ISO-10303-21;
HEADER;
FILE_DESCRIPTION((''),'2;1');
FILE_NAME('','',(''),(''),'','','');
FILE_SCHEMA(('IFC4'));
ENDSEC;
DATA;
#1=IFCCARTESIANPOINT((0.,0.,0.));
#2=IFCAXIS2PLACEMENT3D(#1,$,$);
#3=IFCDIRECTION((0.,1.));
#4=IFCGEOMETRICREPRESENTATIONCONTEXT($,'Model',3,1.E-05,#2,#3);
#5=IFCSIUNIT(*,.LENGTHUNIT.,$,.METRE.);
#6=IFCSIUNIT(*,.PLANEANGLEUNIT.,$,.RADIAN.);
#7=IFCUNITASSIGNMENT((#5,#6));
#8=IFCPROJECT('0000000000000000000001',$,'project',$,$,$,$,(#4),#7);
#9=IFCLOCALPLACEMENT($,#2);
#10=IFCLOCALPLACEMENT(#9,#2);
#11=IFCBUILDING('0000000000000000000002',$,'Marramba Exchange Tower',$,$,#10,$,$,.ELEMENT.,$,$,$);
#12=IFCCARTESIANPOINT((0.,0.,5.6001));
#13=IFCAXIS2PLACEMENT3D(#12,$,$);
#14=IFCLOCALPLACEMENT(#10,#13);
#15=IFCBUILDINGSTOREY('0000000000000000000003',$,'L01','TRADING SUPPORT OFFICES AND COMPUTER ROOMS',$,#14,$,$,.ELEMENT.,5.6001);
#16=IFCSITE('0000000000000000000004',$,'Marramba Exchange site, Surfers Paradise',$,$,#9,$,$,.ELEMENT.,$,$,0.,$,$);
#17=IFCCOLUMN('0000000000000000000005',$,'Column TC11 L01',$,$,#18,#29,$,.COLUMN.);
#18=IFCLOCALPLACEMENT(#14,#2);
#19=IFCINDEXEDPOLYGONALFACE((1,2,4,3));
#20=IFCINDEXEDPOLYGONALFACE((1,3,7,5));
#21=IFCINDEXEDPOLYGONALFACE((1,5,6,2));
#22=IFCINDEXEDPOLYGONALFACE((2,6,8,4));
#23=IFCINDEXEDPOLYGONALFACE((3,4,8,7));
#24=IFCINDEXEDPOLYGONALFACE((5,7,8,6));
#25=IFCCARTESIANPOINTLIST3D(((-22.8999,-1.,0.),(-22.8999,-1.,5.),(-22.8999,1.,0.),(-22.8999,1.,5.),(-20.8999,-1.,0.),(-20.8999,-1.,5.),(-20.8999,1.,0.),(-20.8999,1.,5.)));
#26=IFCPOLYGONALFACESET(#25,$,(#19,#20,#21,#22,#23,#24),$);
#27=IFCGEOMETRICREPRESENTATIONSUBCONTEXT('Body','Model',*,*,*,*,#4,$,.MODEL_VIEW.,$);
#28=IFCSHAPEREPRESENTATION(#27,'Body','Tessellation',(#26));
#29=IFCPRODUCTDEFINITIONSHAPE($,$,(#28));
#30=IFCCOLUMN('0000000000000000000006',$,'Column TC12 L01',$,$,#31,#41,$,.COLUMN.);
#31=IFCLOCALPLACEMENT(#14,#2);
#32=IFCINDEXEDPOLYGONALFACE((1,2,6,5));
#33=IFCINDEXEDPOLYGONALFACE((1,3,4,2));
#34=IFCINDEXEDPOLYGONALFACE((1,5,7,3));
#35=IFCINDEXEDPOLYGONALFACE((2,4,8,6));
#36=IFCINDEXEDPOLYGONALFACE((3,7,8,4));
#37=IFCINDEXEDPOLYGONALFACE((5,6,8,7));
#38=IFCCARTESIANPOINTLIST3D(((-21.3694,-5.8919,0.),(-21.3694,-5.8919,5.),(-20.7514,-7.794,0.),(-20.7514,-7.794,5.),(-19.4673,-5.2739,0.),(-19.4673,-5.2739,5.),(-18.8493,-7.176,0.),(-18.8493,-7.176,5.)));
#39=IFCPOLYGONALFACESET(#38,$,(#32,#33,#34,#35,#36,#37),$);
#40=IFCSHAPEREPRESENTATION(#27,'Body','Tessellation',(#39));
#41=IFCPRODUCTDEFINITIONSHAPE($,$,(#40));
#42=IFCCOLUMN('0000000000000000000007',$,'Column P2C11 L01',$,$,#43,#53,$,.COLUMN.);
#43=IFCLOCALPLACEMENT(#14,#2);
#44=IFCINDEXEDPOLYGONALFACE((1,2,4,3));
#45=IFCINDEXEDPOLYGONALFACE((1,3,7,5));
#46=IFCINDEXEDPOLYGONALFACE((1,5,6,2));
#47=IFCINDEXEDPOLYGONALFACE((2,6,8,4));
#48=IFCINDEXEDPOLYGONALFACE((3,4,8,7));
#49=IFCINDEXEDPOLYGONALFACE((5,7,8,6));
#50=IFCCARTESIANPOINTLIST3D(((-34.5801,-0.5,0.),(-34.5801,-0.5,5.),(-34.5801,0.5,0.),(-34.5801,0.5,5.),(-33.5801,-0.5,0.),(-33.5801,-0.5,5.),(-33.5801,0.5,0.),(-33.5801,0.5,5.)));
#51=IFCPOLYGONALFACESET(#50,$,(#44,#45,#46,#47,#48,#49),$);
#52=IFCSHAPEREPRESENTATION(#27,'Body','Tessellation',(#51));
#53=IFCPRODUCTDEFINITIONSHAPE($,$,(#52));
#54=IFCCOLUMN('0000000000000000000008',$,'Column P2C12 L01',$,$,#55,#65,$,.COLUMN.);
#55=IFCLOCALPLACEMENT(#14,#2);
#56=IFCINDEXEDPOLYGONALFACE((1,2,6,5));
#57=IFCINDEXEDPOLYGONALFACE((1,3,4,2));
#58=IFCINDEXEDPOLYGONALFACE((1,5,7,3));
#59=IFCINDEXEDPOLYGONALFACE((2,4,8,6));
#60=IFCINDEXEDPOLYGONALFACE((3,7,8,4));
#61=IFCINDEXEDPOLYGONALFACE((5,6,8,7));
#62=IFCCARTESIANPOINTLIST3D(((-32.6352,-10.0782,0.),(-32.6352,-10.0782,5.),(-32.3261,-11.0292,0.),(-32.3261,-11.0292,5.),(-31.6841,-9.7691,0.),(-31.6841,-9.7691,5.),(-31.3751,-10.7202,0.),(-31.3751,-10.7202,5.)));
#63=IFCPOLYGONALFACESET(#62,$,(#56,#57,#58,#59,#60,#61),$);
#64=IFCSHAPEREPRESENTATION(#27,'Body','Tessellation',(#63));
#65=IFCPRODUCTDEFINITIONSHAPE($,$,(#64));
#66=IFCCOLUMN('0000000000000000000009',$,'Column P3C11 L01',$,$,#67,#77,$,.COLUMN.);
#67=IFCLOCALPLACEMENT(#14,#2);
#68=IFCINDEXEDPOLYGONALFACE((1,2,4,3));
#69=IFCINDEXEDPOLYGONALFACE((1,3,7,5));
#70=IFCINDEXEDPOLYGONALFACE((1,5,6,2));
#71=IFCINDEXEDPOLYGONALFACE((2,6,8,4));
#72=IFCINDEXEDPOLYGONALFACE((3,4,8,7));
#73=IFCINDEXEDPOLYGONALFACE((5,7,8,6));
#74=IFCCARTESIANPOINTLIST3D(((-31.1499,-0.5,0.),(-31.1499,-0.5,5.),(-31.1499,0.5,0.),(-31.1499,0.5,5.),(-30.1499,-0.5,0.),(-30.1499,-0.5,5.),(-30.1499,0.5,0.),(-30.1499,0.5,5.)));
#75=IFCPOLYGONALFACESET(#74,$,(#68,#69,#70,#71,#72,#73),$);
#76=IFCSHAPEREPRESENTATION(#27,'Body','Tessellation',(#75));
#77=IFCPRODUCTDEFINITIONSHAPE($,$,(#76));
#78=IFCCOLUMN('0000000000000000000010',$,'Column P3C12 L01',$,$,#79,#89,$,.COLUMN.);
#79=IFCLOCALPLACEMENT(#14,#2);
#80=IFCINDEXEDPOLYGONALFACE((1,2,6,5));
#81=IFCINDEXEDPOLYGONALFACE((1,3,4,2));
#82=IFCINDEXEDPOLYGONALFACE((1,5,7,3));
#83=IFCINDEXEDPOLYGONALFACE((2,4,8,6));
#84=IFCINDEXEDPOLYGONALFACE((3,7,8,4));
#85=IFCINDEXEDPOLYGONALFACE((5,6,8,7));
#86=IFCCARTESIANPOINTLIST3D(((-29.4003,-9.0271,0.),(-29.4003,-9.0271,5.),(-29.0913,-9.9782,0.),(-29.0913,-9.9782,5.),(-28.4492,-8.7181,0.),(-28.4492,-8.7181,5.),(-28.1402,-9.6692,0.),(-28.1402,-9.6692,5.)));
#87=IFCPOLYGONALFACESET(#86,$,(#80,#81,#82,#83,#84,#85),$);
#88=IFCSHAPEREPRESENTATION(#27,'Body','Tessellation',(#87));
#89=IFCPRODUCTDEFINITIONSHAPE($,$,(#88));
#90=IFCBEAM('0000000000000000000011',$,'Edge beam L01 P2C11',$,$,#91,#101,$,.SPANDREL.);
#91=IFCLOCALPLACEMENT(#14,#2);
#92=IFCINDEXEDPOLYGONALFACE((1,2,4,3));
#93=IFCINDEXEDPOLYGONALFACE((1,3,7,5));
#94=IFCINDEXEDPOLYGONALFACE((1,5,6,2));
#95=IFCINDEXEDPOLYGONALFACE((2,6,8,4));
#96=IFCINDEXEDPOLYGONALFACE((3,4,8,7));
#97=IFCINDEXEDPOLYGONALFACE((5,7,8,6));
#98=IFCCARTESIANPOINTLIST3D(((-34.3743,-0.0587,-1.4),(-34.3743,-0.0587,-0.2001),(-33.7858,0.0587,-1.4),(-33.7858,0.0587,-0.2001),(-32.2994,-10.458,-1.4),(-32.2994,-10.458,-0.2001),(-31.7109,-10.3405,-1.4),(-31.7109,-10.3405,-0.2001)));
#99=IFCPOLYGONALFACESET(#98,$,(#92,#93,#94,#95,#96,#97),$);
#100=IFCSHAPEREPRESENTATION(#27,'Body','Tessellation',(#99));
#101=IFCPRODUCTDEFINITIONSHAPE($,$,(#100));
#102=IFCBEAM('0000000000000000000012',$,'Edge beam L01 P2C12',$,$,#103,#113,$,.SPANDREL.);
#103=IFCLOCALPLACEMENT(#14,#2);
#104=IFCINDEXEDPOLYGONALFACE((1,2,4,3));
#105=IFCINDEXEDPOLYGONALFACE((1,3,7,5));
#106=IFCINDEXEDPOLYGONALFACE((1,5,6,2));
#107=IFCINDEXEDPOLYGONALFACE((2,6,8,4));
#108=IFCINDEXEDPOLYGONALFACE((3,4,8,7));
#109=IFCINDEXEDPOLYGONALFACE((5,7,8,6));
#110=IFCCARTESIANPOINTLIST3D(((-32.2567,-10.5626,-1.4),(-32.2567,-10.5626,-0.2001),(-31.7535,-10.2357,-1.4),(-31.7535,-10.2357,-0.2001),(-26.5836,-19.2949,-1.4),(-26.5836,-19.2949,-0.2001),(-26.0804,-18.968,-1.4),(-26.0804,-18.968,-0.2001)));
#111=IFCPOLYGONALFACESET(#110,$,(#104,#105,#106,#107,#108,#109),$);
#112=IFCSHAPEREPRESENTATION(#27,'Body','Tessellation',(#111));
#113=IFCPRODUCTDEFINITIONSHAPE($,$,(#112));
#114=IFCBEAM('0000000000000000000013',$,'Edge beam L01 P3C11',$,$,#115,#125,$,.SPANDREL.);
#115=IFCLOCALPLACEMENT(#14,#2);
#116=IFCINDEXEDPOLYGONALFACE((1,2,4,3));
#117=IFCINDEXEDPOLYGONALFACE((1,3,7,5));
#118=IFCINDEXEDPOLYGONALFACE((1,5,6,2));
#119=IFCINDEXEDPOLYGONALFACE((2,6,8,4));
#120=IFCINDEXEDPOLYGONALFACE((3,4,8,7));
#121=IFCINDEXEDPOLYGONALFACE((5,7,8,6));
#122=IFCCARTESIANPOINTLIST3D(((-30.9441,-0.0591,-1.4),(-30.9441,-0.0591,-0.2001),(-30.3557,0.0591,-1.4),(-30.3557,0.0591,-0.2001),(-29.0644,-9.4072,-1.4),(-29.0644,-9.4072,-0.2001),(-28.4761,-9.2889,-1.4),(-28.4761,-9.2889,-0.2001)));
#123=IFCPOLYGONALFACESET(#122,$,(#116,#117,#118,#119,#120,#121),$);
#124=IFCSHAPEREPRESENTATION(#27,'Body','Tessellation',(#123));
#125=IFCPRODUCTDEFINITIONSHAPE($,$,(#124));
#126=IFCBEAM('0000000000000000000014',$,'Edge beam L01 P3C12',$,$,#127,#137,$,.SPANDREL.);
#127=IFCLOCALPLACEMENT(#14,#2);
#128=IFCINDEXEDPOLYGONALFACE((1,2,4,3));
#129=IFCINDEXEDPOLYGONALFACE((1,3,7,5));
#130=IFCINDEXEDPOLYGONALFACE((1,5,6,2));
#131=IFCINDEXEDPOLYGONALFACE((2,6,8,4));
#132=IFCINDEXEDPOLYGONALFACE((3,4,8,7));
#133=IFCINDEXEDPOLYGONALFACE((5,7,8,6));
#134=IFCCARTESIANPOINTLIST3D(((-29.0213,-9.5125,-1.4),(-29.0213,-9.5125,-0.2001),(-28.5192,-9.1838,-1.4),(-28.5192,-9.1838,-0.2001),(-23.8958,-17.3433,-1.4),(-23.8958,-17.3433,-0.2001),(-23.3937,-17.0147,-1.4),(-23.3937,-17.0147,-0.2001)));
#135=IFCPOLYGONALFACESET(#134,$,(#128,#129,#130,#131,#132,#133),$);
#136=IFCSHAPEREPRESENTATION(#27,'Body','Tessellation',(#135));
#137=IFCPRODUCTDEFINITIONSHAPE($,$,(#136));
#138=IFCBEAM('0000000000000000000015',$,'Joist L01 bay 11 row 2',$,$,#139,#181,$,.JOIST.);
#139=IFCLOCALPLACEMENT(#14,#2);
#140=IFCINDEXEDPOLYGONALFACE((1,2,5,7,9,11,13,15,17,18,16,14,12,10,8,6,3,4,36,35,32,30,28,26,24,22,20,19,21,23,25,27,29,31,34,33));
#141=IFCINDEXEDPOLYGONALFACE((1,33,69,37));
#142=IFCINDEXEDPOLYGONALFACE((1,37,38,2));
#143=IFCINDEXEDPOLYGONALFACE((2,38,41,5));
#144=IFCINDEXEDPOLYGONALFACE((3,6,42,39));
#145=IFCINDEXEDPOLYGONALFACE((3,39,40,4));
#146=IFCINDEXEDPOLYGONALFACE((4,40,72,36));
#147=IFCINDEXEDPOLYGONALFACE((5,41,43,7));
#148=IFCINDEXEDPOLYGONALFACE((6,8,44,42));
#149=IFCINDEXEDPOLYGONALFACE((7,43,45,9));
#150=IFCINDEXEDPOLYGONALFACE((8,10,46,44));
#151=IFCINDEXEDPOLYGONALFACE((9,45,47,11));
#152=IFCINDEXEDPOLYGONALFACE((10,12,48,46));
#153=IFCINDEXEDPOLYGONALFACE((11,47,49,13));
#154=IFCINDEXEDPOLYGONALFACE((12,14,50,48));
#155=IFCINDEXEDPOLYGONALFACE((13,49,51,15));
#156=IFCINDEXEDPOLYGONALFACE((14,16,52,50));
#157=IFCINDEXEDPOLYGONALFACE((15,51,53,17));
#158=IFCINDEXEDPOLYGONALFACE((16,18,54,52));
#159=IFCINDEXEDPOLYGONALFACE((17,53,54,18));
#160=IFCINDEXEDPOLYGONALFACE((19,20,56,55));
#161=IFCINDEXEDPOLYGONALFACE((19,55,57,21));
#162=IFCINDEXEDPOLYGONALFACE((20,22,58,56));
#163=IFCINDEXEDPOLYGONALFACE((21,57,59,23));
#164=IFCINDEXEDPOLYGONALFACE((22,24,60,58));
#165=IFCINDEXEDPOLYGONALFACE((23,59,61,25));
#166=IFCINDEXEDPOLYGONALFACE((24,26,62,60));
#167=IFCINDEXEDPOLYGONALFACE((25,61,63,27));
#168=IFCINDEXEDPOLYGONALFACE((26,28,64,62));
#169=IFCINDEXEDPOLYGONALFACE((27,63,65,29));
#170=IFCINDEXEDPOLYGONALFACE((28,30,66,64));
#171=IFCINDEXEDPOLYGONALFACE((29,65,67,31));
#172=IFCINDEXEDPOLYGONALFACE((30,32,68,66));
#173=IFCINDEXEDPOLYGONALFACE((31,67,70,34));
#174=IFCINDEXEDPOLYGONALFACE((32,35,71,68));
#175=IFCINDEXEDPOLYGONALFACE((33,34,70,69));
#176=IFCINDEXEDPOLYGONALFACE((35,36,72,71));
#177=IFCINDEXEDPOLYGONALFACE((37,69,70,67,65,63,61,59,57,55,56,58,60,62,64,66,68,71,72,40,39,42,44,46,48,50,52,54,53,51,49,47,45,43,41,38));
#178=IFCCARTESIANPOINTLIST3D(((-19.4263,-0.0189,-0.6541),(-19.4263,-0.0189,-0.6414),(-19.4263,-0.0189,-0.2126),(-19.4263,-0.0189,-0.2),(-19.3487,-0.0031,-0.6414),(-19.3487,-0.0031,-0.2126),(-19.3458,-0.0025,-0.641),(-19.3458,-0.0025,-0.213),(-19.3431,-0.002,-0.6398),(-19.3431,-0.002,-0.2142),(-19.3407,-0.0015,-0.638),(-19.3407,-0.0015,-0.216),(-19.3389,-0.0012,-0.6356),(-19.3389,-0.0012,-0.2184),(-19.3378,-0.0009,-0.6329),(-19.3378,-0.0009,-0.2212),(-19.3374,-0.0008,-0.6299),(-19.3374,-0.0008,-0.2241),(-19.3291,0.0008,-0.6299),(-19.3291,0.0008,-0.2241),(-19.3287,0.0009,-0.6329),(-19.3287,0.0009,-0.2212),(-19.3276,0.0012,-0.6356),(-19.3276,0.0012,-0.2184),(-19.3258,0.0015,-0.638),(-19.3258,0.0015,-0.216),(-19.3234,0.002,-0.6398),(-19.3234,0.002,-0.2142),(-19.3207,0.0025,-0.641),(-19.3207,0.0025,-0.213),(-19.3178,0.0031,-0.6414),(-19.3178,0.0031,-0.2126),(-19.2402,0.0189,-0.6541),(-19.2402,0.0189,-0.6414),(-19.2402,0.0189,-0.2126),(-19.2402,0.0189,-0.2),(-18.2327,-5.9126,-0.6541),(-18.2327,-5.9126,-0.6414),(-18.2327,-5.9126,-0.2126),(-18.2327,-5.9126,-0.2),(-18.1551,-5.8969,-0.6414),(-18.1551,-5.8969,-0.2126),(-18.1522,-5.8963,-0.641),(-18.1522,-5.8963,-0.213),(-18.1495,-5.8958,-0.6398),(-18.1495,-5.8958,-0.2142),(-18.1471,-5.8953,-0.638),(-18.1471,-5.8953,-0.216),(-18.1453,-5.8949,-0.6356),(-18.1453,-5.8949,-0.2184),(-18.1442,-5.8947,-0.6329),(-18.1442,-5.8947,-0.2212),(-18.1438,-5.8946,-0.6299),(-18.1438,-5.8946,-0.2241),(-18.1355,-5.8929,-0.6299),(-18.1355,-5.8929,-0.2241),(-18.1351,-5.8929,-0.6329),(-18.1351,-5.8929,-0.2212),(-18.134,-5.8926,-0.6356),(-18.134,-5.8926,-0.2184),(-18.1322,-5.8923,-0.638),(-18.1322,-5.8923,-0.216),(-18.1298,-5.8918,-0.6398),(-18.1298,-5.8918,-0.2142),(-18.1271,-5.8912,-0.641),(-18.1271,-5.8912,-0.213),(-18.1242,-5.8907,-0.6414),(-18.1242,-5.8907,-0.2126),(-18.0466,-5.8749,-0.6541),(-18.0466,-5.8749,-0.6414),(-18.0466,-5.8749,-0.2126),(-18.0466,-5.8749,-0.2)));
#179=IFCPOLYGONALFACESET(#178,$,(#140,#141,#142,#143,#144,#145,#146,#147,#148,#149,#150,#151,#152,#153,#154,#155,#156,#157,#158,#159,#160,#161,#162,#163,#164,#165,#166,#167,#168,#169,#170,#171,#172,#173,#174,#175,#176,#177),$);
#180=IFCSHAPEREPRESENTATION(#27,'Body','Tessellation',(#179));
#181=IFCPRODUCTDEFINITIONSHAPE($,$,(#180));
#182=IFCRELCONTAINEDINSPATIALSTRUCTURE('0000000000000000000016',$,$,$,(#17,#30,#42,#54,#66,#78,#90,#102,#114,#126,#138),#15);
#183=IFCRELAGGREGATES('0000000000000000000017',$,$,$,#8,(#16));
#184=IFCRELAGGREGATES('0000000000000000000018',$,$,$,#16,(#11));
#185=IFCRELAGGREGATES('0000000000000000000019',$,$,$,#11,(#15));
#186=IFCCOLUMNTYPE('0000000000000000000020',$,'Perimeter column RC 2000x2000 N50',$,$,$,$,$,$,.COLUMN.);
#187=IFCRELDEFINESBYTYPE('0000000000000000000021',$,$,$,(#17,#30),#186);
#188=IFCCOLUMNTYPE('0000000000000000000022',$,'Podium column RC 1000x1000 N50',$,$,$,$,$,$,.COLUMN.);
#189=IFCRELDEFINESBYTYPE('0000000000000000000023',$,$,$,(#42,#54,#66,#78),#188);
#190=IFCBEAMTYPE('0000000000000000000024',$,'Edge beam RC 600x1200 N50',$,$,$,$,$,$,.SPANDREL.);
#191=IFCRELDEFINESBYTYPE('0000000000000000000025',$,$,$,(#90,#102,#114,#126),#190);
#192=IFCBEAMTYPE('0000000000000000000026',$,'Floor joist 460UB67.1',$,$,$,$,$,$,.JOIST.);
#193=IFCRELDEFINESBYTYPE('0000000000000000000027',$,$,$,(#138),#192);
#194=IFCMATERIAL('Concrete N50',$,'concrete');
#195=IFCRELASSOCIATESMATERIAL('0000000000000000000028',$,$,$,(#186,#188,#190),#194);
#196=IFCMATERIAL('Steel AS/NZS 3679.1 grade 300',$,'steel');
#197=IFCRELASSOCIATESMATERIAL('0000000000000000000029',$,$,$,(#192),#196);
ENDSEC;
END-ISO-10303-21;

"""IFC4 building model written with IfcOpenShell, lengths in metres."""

from ifc_helpers import new_model, si_unit, direction, frame, origin, origin_2d, place, context, subcontext, project, spatial, rectangle, i_section, extrude, material, material_profile, profile_set, type_object, element, save


model = new_model("IFC4")

# Units and contexts
model_context = context("Model", 3, precision=1e-05, world=origin(), true_north=direction((0.0, 1.0)))
body_context = subcontext(model_context, "Body", "Model", "MODEL_VIEW")
ifc_project = project(units=[si_unit("LENGTHUNIT", "METRE"), si_unit("PLANEANGLEUNIT", "RADIAN")], contexts=[model_context])

# Site, building, storey
site_placement = place(None, origin())
site = spatial("IfcSite", under=ifc_project, at=site_placement, Name="Marramba Exchange site, Surfers Paradise", CompositionType="ELEMENT", RefElevation=0.0)
building_placement = place(site_placement, origin())
building = spatial("IfcBuilding", under=site, at=building_placement, Name="Marramba Exchange Tower", CompositionType="ELEMENT")
storey_placement = place(building_placement, frame((0.0, 0.0, 5.6001)))
storey = spatial("IfcBuildingStorey", under=building, at=storey_placement, Name="L01", Description="TRADING SUPPORT OFFICES AND COMPUTER ROOMS", CompositionType="ELEMENT", Elevation=5.6001)

# Columns
ifc_material_1 = material(Name="Concrete N50", Category="concrete")
ifc_material_profile_1 = material_profile(ifc_material_1, rectangle(XDim=2.0, YDim=2.0, at=origin_2d()), Name="RC 2000x2000")
ifc_profile_set_1 = profile_set([ifc_material_profile_1], Name="Concrete N50")
column_type_1 = type_object("IfcColumnType", Name="Perimeter column RC 2000x2000 N50", PredefinedType="COLUMN", material=ifc_profile_set_1)
for number, where, z_axis, x_axis, name in (
    (1, (-21.8999, 0.0, 0.0), (0.0, 0.0, 1.0), (-1.0, 0.0, 0.0), "Column TC11 L01"),
    (2, (-20.1094, -6.5339, 0.0), (0.0, 0.0, 1.0), (-0.951057, -0.309017, 0.0), "Column TC12 L01"),
):
    element("IfcColumn", number, at=place(storey_placement, frame(where, z_axis=z_axis, x_axis=x_axis)), inside=storey, type_object=column_type_1, Name=name, PredefinedType="COLUMN", context=body_context, shape_type="SweptSolid", body=[
        extrude(rectangle(XDim=2.0, YDim=2.0, at=origin_2d()), origin(), (0.0, 0.0, 1.0), 5.0),
    ])
ifc_material_profile_2 = material_profile(ifc_material_1, rectangle(XDim=1.0, YDim=1.0, at=origin_2d()), Name="RC 1000x1000")
ifc_profile_set_2 = profile_set([ifc_material_profile_2], Name="Concrete N50")
column_type_2 = type_object("IfcColumnType", Name="Podium column RC 1000x1000 N50", PredefinedType="COLUMN", material=ifc_profile_set_2)
for number, where, z_axis, x_axis, name in (
    (3, (-34.0801, 0.0, 0.0), (0.0, 0.0, 1.0), (-1.0, 0.0, 0.0), "Column P2C11 L01"),
    (4, (-32.0051, -10.3992, 0.0), (0.0, 0.0, 1.0), (-0.951057, -0.309017, 0.0), "Column P2C12 L01"),
    (5, (-30.6499, 0.0, 0.0), (0.0, 0.0, 1.0), (-1.0, 0.0, 0.0), "Column P3C11 L01"),
    (6, (-28.7703, -9.3481, 0.0), (0.0, 0.0, 1.0), (-0.951057, -0.309017, 0.0), "Column P3C12 L01"),
):
    element("IfcColumn", number, at=place(storey_placement, frame(where, z_axis=z_axis, x_axis=x_axis)), inside=storey, type_object=column_type_2, Name=name, PredefinedType="COLUMN", context=body_context, shape_type="SweptSolid", body=[
        extrude(rectangle(XDim=1.0, YDim=1.0, at=origin_2d()), origin(), (0.0, 0.0, 1.0), 5.0),
    ])

# Beams
ifc_material_profile_3 = material_profile(ifc_material_1, rectangle(XDim=0.6001, YDim=1.2, at=origin_2d()), Name="RC 600x1200")
ifc_profile_set_3 = profile_set([ifc_material_profile_3], Name="Concrete N50")
beam_type_1 = type_object("IfcBeamType", Name="Edge beam RC 600x1200 N50", PredefinedType="SPANDREL", material=ifc_profile_set_3)
beam_1_placement = place(storey_placement, frame((-34.0801, 0.0, -0.8), z_axis=(0.195673, -0.980669, 0.0), x_axis=(0.980669, 0.195673, 0.0)))
element("IfcBeam", 7, at=beam_1_placement, inside=storey, type_object=beam_type_1, Name="Edge beam L01 P2C11", PredefinedType="SPANDREL", context=body_context, shape_type="SweptSolid", body=[
    extrude(rectangle(XDim=0.6001, YDim=1.2, at=origin_2d()), origin(), (0.0, 0.0, 1.0), 10.6042),
])
beam_2_placement = place(storey_placement, frame((-32.0051, -10.3992, -0.8), z_axis=(0.544798, -0.838567, 0.0), x_axis=(0.838567, 0.544798, 0.0)))
element("IfcBeam", 8, at=beam_2_placement, inside=storey, type_object=beam_type_1, Name="Edge beam L01 P2C12", PredefinedType="SPANDREL", context=body_context, shape_type="SweptSolid", body=[
    extrude(rectangle(XDim=0.6001, YDim=1.2, at=origin_2d()), origin(), (0.0, 0.0, 1.0), 10.4133),
])
beam_3_placement = place(storey_placement, frame((-30.6499, 0.0, -0.8), z_axis=(0.197125, -0.980378, 0.0), x_axis=(0.980378, 0.197125, 0.0)))
element("IfcBeam", 9, at=beam_3_placement, inside=storey, type_object=beam_type_1, Name="Edge beam L01 P3C11", PredefinedType="SPANDREL", context=body_context, shape_type="SweptSolid", body=[
    extrude(rectangle(XDim=0.6001, YDim=1.2, at=origin_2d()), origin(), (0.0, 0.0, 1.0), 9.5352),
])
beam_4_placement = place(storey_placement, frame((-28.7703, -9.3481, -0.8), z_axis=(0.547649, -0.836708, 0.0), x_axis=(0.836708, 0.547649, 0.0)))
element("IfcBeam", 10, at=beam_4_placement, inside=storey, type_object=beam_type_1, Name="Edge beam L01 P3C12", PredefinedType="SPANDREL", context=body_context, shape_type="SweptSolid", body=[
    extrude(rectangle(XDim=0.6001, YDim=1.2, at=origin_2d()), origin(), (0.0, 0.0, 1.0), 9.3591),
])
ifc_material_2 = material(Name="Steel AS/NZS 3679.1 grade 300", Category="steel")
ifc_material_profile_4 = material_profile(ifc_material_2, i_section(OverallWidth=0.1899, OverallDepth=0.4541, WebThickness=0.0085, FlangeThickness=0.0127, FilletRadius=0.0115, at=origin_2d()), Name="460UB67.1")
ifc_profile_set_4 = profile_set([ifc_material_profile_4], Name="Steel AS/NZS 3679.1 grade 300")
beam_type_2 = type_object("IfcBeamType", Name="Floor joist 460UB67.1", PredefinedType="JOIST", material=ifc_profile_set_4)
beam_5_placement = place(storey_placement, frame((-19.3333, 0.0, -0.427), z_axis=(0.198489, -0.980103, 0.0), x_axis=(0.980103, 0.198489, 0.0)))
element("IfcBeam", 11, at=beam_5_placement, inside=storey, type_object=beam_type_2, Name="Joist L01 bay 11 row 2", PredefinedType="JOIST", context=body_context, shape_type="SweptSolid", body=[
    extrude(i_section(OverallWidth=0.1899, OverallDepth=0.4541, WebThickness=0.0085, FlangeThickness=0.0127, FilletRadius=0.0115, at=origin_2d()), origin(), (0.0, 0.0, 1.0), 6.0134),
])

save(model, "model.ifc")
